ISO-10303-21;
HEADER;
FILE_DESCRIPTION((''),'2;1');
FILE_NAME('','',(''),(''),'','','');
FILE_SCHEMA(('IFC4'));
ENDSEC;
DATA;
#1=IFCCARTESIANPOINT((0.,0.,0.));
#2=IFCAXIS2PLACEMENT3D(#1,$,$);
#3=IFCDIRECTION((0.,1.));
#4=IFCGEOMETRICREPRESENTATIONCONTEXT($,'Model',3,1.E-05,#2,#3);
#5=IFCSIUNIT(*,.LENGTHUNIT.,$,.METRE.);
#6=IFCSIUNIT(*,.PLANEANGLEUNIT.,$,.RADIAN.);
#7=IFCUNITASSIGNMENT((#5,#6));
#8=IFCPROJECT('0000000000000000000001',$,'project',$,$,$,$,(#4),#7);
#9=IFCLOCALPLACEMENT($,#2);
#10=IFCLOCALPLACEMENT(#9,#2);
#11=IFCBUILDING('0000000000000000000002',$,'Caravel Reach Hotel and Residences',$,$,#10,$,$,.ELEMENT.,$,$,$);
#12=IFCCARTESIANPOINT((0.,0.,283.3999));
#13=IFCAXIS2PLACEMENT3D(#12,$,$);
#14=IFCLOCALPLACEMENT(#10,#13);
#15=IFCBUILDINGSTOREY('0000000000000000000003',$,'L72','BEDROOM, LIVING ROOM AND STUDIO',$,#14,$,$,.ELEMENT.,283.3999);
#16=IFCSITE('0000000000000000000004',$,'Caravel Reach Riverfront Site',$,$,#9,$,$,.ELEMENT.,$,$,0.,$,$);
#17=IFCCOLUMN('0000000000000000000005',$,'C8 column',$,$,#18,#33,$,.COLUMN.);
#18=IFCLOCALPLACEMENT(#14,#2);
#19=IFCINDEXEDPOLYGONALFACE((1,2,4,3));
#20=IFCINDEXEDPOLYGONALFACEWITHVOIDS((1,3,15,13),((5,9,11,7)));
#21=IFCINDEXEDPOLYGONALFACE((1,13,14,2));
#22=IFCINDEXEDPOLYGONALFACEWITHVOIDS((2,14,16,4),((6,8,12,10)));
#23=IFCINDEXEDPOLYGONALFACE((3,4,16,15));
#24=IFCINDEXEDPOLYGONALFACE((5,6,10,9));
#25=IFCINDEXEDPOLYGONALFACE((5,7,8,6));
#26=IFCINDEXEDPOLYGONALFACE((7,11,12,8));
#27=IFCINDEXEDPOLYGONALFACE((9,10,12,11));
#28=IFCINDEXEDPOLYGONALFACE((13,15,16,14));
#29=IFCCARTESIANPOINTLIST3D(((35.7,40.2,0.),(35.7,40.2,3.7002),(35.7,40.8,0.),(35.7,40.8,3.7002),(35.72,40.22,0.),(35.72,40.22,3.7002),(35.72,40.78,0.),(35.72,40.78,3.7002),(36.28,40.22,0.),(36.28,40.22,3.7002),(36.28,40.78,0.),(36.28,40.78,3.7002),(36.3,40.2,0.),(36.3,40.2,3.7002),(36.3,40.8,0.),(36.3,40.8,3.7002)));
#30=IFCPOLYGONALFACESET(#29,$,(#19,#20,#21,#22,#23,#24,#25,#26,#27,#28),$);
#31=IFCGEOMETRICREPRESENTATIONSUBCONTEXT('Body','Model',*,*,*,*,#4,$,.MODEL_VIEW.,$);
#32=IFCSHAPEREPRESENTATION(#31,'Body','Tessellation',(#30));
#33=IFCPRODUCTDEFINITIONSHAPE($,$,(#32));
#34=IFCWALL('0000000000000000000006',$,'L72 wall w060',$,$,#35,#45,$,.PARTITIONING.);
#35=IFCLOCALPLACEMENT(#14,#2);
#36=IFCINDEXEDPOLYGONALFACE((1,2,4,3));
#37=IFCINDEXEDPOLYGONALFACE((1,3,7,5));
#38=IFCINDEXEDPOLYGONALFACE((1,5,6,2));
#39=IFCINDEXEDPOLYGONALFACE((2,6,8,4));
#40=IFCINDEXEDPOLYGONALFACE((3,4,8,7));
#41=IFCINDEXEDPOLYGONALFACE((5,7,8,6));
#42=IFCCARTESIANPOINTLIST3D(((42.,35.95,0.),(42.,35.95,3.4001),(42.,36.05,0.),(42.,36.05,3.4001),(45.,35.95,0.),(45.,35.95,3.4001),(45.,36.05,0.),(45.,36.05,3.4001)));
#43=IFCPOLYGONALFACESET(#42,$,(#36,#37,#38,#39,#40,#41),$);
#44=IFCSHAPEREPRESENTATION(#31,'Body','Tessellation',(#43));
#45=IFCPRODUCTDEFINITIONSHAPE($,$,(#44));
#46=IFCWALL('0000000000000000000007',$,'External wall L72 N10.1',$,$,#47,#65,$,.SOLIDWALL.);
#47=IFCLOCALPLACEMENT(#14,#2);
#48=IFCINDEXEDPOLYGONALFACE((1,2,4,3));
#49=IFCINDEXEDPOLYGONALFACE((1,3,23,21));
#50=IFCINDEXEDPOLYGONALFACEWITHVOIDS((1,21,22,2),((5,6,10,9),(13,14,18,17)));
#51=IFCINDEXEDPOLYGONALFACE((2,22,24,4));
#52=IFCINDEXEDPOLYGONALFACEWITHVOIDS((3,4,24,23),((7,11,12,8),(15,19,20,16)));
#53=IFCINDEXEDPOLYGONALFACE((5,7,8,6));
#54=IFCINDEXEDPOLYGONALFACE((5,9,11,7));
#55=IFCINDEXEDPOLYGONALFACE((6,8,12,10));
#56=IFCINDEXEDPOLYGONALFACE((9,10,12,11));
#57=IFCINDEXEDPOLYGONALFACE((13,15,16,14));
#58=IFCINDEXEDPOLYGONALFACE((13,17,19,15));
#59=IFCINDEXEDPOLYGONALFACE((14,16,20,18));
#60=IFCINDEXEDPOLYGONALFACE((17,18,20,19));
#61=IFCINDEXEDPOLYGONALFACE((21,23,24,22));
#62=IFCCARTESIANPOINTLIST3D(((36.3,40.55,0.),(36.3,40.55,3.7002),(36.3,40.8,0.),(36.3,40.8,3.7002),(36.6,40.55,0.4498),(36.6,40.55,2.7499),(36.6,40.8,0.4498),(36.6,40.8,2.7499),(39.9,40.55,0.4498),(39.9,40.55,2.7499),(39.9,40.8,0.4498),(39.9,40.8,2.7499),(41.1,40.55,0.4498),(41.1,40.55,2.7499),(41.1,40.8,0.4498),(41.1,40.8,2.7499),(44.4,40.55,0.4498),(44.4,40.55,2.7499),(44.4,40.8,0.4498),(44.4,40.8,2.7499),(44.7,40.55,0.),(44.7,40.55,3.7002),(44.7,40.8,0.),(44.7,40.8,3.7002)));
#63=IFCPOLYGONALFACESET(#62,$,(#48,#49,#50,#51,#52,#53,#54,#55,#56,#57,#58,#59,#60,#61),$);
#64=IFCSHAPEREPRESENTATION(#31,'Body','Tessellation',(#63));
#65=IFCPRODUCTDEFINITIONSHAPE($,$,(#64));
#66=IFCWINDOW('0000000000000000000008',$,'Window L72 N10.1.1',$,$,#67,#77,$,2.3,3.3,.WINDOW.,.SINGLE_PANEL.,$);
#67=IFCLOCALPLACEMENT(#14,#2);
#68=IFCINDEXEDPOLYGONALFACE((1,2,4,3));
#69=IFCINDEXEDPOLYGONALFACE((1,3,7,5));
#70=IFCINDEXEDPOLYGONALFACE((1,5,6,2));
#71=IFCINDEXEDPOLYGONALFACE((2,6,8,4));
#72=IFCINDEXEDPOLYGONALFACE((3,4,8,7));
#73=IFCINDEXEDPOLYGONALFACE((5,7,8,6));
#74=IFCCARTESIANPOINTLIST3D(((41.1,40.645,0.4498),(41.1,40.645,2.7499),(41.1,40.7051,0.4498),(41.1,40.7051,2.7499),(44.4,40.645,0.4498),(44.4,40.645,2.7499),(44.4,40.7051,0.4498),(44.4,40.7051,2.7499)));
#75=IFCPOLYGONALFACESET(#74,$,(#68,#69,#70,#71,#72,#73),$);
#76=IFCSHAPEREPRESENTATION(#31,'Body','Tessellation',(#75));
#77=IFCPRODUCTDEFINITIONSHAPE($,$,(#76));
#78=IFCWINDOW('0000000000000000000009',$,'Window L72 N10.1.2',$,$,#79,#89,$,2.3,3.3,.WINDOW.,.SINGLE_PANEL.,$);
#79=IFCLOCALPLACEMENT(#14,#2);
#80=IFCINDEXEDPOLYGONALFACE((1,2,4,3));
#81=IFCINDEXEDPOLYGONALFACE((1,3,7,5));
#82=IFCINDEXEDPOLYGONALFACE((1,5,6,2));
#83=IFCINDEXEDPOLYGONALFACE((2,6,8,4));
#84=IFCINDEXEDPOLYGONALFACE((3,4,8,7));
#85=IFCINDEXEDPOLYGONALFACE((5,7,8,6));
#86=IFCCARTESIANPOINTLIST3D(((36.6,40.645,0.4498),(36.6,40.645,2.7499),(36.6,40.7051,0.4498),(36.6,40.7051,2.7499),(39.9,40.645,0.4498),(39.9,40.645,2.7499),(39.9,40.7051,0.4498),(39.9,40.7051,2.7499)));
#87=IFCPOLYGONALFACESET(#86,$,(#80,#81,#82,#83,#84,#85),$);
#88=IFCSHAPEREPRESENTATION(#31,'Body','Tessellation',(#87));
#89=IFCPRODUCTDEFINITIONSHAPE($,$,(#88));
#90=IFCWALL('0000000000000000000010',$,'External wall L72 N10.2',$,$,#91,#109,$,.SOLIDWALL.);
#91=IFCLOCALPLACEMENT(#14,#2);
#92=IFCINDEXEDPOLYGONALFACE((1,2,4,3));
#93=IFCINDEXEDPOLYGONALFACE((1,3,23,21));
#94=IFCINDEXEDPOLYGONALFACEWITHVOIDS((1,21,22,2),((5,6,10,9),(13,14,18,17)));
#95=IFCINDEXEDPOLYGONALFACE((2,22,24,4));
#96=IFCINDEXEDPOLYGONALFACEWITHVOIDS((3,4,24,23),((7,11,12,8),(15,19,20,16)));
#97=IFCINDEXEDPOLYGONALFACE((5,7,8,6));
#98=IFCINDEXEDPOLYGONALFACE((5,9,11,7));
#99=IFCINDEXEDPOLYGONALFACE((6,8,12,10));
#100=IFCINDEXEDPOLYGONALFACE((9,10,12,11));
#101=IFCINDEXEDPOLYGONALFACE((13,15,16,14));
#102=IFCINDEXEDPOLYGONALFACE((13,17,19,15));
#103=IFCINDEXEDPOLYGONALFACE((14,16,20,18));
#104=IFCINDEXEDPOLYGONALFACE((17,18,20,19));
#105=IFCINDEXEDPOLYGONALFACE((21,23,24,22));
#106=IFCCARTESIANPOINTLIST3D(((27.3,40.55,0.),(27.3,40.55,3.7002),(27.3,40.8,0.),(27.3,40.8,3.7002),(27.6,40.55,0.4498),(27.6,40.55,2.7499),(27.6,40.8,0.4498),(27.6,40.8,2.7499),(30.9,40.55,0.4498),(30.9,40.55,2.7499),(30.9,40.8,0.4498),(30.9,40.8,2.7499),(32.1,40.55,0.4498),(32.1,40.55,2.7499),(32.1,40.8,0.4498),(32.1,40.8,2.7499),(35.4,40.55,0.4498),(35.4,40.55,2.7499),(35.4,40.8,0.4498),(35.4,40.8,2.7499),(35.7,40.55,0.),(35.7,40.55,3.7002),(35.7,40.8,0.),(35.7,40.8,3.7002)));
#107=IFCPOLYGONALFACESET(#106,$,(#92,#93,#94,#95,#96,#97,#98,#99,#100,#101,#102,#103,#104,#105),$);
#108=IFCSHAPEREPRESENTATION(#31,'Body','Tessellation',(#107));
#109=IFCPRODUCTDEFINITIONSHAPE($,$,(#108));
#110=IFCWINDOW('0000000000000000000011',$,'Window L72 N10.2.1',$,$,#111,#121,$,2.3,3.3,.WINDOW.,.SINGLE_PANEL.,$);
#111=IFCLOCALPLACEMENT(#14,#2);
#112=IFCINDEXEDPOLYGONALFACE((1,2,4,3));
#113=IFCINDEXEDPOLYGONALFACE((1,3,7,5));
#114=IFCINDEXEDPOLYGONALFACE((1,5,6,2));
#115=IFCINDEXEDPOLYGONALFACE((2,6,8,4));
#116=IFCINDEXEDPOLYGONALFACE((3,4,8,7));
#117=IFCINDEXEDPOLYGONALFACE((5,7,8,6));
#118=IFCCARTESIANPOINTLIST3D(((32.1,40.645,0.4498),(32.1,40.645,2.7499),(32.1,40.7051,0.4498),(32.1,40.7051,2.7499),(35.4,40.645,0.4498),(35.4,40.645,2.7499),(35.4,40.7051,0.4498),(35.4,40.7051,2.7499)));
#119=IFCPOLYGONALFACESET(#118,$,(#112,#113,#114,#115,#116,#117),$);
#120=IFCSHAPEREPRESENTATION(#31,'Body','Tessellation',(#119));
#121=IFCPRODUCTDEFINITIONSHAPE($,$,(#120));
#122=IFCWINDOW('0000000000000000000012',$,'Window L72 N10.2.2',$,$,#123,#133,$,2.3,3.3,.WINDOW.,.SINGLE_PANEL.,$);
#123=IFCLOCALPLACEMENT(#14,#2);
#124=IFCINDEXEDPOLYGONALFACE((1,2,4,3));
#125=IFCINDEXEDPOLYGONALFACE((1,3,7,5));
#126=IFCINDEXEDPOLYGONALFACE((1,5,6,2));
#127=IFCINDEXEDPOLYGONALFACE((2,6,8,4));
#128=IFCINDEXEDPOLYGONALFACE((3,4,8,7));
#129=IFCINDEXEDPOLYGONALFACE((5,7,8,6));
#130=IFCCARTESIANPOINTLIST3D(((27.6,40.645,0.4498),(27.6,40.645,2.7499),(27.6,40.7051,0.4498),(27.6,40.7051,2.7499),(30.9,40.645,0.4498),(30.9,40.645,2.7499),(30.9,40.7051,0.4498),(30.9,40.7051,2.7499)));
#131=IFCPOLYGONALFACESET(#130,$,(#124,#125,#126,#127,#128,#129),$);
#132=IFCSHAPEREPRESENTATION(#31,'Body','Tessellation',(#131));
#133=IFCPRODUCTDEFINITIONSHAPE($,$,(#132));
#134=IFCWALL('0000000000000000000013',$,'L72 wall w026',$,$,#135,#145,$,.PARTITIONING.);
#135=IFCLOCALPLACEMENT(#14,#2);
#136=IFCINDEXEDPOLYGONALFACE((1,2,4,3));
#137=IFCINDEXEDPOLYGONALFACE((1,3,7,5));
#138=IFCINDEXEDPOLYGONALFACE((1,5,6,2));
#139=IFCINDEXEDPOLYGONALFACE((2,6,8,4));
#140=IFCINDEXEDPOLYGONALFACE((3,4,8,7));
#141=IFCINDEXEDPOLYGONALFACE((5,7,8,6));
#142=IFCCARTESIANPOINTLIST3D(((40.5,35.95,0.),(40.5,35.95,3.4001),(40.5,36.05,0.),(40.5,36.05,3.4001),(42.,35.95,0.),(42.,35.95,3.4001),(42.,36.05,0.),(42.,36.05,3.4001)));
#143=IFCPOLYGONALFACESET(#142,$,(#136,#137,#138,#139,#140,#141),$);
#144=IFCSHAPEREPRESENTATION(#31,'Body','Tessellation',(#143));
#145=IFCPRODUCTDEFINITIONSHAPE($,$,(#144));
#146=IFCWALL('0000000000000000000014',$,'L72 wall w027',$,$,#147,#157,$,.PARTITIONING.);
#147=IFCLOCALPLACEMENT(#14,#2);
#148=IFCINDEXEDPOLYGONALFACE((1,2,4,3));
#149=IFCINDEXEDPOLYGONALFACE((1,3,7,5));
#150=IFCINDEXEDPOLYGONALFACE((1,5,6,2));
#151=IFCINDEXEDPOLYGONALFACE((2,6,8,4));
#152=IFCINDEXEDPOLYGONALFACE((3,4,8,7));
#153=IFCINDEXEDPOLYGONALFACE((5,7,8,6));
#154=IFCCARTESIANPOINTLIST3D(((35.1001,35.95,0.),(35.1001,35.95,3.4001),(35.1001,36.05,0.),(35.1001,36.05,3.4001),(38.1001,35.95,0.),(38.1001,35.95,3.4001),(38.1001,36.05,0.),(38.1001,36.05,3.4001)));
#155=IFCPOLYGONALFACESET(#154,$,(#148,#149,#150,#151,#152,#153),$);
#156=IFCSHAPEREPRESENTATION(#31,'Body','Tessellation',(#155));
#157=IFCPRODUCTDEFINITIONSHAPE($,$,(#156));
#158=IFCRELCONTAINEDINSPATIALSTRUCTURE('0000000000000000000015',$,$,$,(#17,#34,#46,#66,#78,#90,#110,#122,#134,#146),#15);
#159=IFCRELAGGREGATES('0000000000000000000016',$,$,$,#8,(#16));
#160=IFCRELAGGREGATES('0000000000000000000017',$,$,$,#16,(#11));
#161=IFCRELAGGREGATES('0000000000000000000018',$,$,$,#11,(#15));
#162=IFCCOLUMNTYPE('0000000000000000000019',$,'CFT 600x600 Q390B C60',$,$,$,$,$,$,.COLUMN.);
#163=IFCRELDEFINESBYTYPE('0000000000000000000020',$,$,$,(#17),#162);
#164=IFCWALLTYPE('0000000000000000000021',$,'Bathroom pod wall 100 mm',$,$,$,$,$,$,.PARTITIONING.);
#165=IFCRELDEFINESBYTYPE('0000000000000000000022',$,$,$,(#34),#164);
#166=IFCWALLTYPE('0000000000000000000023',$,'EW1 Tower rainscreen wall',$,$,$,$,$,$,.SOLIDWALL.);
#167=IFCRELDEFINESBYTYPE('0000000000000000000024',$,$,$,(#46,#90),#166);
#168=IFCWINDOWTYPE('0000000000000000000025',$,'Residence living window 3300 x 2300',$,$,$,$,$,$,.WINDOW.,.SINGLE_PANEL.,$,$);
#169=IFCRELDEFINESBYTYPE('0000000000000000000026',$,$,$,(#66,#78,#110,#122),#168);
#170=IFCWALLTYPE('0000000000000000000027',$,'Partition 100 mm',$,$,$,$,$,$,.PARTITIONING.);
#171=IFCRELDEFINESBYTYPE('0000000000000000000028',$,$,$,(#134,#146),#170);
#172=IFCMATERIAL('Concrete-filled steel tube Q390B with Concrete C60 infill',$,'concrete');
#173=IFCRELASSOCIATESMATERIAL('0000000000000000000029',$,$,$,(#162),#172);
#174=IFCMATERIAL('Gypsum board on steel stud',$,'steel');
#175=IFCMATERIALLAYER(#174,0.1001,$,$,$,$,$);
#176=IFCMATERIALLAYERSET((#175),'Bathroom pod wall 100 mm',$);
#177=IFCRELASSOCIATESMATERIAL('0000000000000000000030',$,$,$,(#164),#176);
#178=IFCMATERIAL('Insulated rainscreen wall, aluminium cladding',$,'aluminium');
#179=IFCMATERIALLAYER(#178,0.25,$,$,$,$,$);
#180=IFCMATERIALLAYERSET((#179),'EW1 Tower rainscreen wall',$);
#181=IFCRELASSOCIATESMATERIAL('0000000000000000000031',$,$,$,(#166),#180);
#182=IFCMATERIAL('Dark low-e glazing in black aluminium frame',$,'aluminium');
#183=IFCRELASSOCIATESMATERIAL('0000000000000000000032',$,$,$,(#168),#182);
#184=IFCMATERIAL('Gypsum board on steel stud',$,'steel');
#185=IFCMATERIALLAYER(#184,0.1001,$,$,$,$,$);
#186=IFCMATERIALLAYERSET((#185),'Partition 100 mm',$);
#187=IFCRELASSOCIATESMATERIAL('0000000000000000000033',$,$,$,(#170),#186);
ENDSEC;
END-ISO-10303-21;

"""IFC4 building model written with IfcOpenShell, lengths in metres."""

from ifc_helpers import new_model, si_unit, direction, frame, frame_2d, origin, origin_2d, place, context, subcontext, project, spatial, rectangle, hollow_rectangle, extrude, material, layer, layer_set, material_profile, profile_set, type_object, element, fill, save


model = new_model("IFC4")

# Units and contexts
model_context = context("Model", 3, precision=1e-05, world=origin(), true_north=direction((0.0, 1.0)))
body_context = subcontext(model_context, "Body", "Model", "MODEL_VIEW")
ifc_project = project(units=[si_unit("LENGTHUNIT", "METRE"), si_unit("PLANEANGLEUNIT", "RADIAN")], contexts=[model_context])

# Site, building, storey
site_placement = place(None, origin())
site = spatial("IfcSite", under=ifc_project, at=site_placement, Name="Caravel Reach Riverfront Site", CompositionType="ELEMENT", RefElevation=0.0)
building_placement = place(site_placement, origin())
building = spatial("IfcBuilding", under=site, at=building_placement, Name="Caravel Reach Hotel and Residences", CompositionType="ELEMENT")
storey_placement = place(building_placement, frame((0.0, 0.0, 283.3999)))
storey = spatial("IfcBuildingStorey", under=building, at=storey_placement, Name="L72", Description="BEDROOM, LIVING ROOM AND STUDIO", CompositionType="ELEMENT", Elevation=283.3999)

# Column
ifc_material_1 = material(Name="Concrete-filled steel tube Q390B with Concrete C60 infill", Category="concrete")
ifc_material_profile = material_profile(ifc_material_1, hollow_rectangle(XDim=0.6001, YDim=0.6001, WallThickness=0.02, at=origin_2d()), Name="RHS 600x600x20")
ifc_profile_set = profile_set([ifc_material_profile], Name="Concrete-filled steel tube Q390B with Concrete C60 infill")
column_type = type_object("IfcColumnType", Name="CFT 600x600 Q390B C60", PredefinedType="COLUMN", material=ifc_profile_set)
column_placement = place(storey_placement, frame((36.0, 40.5, 0.0), z_axis=(0.0, 0.0, 1.0), x_axis=(1.0, 0.0, 0.0)))
element("IfcColumn", 1, at=column_placement, inside=storey, type_object=column_type, Name="C8 column", PredefinedType="COLUMN", context=body_context, shape_type="SweptSolid", body=[
    extrude(hollow_rectangle(XDim=0.6001, YDim=0.6001, WallThickness=0.02, at=origin_2d()), origin(), (0.0, 0.0, 1.0), 3.7002),
])

# Wall
ifc_material_2 = material(Name="Gypsum board on steel stud", Category="steel")
ifc_layer_1 = layer(ifc_material_2, 0.1001)
ifc_layer_set_1 = layer_set([ifc_layer_1], Name="Bathroom pod wall 100 mm")
wall_type_1 = type_object("IfcWallType", Name="Bathroom pod wall 100 mm", PredefinedType="PARTITIONING", material=ifc_layer_set_1)
wall_1_placement = place(storey_placement, frame((42.0, 36.0, 0.0), z_axis=(0.0, 0.0, 1.0), x_axis=(1.0, 0.0, 0.0)))
element("IfcWall", 2, at=wall_1_placement, inside=storey, type_object=wall_type_1, Name="L72 wall w060", PredefinedType="PARTITIONING", context=body_context, shape_type="SweptSolid", body=[
    extrude(rectangle(XDim=3.0, YDim=0.1001, at=frame_2d((1.5, 0.0))), origin(), (0.0, 0.0, 1.0), 3.4001),
])

# Walls, openings, windows
ifc_material_3 = material(Name="Insulated rainscreen wall, aluminium cladding", Category="aluminium")
ifc_layer_2 = layer(ifc_material_3, 0.25)
ifc_layer_set_2 = layer_set([ifc_layer_2], Name="EW1 Tower rainscreen wall")
wall_type_2 = type_object("IfcWallType", Name="EW1 Tower rainscreen wall", PredefinedType="SOLIDWALL", material=ifc_layer_set_2)
wall_2_placement = place(storey_placement, frame((44.7, 40.675, 0.0), z_axis=(0.0, 0.0, 1.0), x_axis=(-1.0, 0.0, 0.0)))
wall_2 = element("IfcWall", 3, at=wall_2_placement, inside=storey, type_object=wall_type_2, Name="External wall L72 N10.1", PredefinedType="SOLIDWALL", context=body_context, shape_type="SweptSolid", body=[
    extrude(rectangle(XDim=8.3999, YDim=0.25, at=frame_2d((4.2, 0.0))), origin(), (0.0, 0.0, 1.0), 3.7002),
])
opening_1_placement = place(wall_2_placement, frame((0.3, 0.0, 0.45)))
opening_1 = element("IfcOpeningElement", 4, at=opening_1_placement, cuts=wall_2, PredefinedType="OPENING", context=body_context, shape_type="SweptSolid", body=[
    extrude(rectangle(XDim=3.3, YDim=2.3, at=frame_2d((1.6499, 1.1499))), frame((0.0, 0.135, 0.0), z_axis=(0.0, -1.0, 0.0), x_axis=(1.0, 0.0, 0.0)), (0.0, 0.0, 1.0), 0.27),
])
opening_2_placement = place(wall_2_placement, frame((4.8, 0.0, 0.45)))
opening_2 = element("IfcOpeningElement", 5, at=opening_2_placement, cuts=wall_2, PredefinedType="OPENING", context=body_context, shape_type="SweptSolid", body=[
    extrude(rectangle(XDim=3.3, YDim=2.3, at=frame_2d((1.6499, 1.1499))), frame((0.0, 0.135, 0.0), z_axis=(0.0, -1.0, 0.0), x_axis=(1.0, 0.0, 0.0)), (0.0, 0.0, 1.0), 0.27),
])
ifc_material_4 = material(Name="Dark low-e glazing in black aluminium frame", Category="aluminium")
window_type = type_object("IfcWindowType", Name="Residence living window 3300 x 2300", PartitioningType="SINGLE_PANEL", PredefinedType="WINDOW", material=ifc_material_4)
window_1_placement = place(opening_1_placement, origin())
window_1 = element("IfcWindow", 6, at=window_1_placement, inside=storey, type_object=window_type, Name="Window L72 N10.1.1", OverallHeight=2.3, OverallWidth=3.3, PartitioningType="SINGLE_PANEL", PredefinedType="WINDOW", context=body_context, shape_type="SweptSolid", body=[
    extrude(rectangle(XDim=3.3, YDim=2.3, at=frame_2d((1.6499, 1.1499))), frame((0.0, 0.03, 0.0), z_axis=(0.0, -1.0, 0.0), x_axis=(1.0, 0.0, 0.0)), (0.0, 0.0, 1.0), 0.0601),
])
fill(opening_1, window_1)
window_2_placement = place(opening_2_placement, origin())
window_2 = element("IfcWindow", 7, at=window_2_placement, inside=storey, type_object=window_type, Name="Window L72 N10.1.2", OverallHeight=2.3, OverallWidth=3.3, PartitioningType="SINGLE_PANEL", PredefinedType="WINDOW", context=body_context, shape_type="SweptSolid", body=[
    extrude(rectangle(XDim=3.3, YDim=2.3, at=frame_2d((1.6499, 1.1499))), frame((0.0, 0.03, 0.0), z_axis=(0.0, -1.0, 0.0), x_axis=(1.0, 0.0, 0.0)), (0.0, 0.0, 1.0), 0.0601),
])
fill(opening_2, window_2)
wall_3_placement = place(storey_placement, frame((35.7, 40.675, 0.0), z_axis=(0.0, 0.0, 1.0), x_axis=(-1.0, 0.0, 0.0)))
wall_3 = element("IfcWall", 8, at=wall_3_placement, inside=storey, type_object=wall_type_2, Name="External wall L72 N10.2", PredefinedType="SOLIDWALL", context=body_context, shape_type="SweptSolid", body=[
    extrude(rectangle(XDim=8.3999, YDim=0.25, at=frame_2d((4.2, 0.0))), origin(), (0.0, 0.0, 1.0), 3.7002),
])
opening_3_placement = place(wall_3_placement, frame((0.3, 0.0, 0.45)))
opening_3 = element("IfcOpeningElement", 9, at=opening_3_placement, cuts=wall_3, PredefinedType="OPENING", context=body_context, shape_type="SweptSolid", body=[
    extrude(rectangle(XDim=3.3, YDim=2.3, at=frame_2d((1.6499, 1.1499))), frame((0.0, 0.135, 0.0), z_axis=(0.0, -1.0, 0.0), x_axis=(1.0, 0.0, 0.0)), (0.0, 0.0, 1.0), 0.27),
])
opening_4_placement = place(wall_3_placement, frame((4.8, 0.0, 0.45)))
opening_4 = element("IfcOpeningElement", 10, at=opening_4_placement, cuts=wall_3, PredefinedType="OPENING", context=body_context, shape_type="SweptSolid", body=[
    extrude(rectangle(XDim=3.3, YDim=2.3, at=frame_2d((1.6499, 1.1499))), frame((0.0, 0.135, 0.0), z_axis=(0.0, -1.0, 0.0), x_axis=(1.0, 0.0, 0.0)), (0.0, 0.0, 1.0), 0.27),
])
window_3_placement = place(opening_3_placement, origin())
window_3 = element("IfcWindow", 11, at=window_3_placement, inside=storey, type_object=window_type, Name="Window L72 N10.2.1", OverallHeight=2.3, OverallWidth=3.3, PartitioningType="SINGLE_PANEL", PredefinedType="WINDOW", context=body_context, shape_type="SweptSolid", body=[
    extrude(rectangle(XDim=3.3, YDim=2.3, at=frame_2d((1.6499, 1.1499))), frame((0.0, 0.03, 0.0), z_axis=(0.0, -1.0, 0.0), x_axis=(1.0, 0.0, 0.0)), (0.0, 0.0, 1.0), 0.0601),
])
fill(opening_3, window_3)
window_4_placement = place(opening_4_placement, origin())
window_4 = element("IfcWindow", 12, at=window_4_placement, inside=storey, type_object=window_type, Name="Window L72 N10.2.2", OverallHeight=2.3, OverallWidth=3.3, PartitioningType="SINGLE_PANEL", PredefinedType="WINDOW", context=body_context, shape_type="SweptSolid", body=[
    extrude(rectangle(XDim=3.3, YDim=2.3, at=frame_2d((1.6499, 1.1499))), frame((0.0, 0.03, 0.0), z_axis=(0.0, -1.0, 0.0), x_axis=(1.0, 0.0, 0.0)), (0.0, 0.0, 1.0), 0.0601),
])
fill(opening_4, window_4)

# Walls
ifc_material_5 = material(Name="Gypsum board on steel stud", Category="steel")
ifc_layer_3 = layer(ifc_material_5, 0.1001)
ifc_layer_set_3 = layer_set([ifc_layer_3], Name="Partition 100 mm")
wall_type_3 = type_object("IfcWallType", Name="Partition 100 mm", PredefinedType="PARTITIONING", material=ifc_layer_set_3)
wall_4_placement = place(storey_placement, frame((40.5, 36.0, 0.0), z_axis=(0.0, 0.0, 1.0), x_axis=(1.0, 0.0, 0.0)))
element("IfcWall", 13, at=wall_4_placement, inside=storey, type_object=wall_type_3, Name="L72 wall w026", PredefinedType="PARTITIONING", context=body_context, shape_type="SweptSolid", body=[
    extrude(rectangle(XDim=1.5, YDim=0.1001, at=frame_2d((0.75, 0.0))), origin(), (0.0, 0.0, 1.0), 3.4001),
])
wall_5_placement = place(storey_placement, frame((35.1001, 36.0, 0.0), z_axis=(0.0, 0.0, 1.0), x_axis=(1.0, 0.0, 0.0)))
element("IfcWall", 14, at=wall_5_placement, inside=storey, type_object=wall_type_3, Name="L72 wall w027", PredefinedType="PARTITIONING", context=body_context, shape_type="SweptSolid", body=[
    extrude(rectangle(XDim=3.0, YDim=0.1001, at=frame_2d((1.5, 0.0))), origin(), (0.0, 0.0, 1.0), 3.4001),
])

save(model, "model.ifc")
